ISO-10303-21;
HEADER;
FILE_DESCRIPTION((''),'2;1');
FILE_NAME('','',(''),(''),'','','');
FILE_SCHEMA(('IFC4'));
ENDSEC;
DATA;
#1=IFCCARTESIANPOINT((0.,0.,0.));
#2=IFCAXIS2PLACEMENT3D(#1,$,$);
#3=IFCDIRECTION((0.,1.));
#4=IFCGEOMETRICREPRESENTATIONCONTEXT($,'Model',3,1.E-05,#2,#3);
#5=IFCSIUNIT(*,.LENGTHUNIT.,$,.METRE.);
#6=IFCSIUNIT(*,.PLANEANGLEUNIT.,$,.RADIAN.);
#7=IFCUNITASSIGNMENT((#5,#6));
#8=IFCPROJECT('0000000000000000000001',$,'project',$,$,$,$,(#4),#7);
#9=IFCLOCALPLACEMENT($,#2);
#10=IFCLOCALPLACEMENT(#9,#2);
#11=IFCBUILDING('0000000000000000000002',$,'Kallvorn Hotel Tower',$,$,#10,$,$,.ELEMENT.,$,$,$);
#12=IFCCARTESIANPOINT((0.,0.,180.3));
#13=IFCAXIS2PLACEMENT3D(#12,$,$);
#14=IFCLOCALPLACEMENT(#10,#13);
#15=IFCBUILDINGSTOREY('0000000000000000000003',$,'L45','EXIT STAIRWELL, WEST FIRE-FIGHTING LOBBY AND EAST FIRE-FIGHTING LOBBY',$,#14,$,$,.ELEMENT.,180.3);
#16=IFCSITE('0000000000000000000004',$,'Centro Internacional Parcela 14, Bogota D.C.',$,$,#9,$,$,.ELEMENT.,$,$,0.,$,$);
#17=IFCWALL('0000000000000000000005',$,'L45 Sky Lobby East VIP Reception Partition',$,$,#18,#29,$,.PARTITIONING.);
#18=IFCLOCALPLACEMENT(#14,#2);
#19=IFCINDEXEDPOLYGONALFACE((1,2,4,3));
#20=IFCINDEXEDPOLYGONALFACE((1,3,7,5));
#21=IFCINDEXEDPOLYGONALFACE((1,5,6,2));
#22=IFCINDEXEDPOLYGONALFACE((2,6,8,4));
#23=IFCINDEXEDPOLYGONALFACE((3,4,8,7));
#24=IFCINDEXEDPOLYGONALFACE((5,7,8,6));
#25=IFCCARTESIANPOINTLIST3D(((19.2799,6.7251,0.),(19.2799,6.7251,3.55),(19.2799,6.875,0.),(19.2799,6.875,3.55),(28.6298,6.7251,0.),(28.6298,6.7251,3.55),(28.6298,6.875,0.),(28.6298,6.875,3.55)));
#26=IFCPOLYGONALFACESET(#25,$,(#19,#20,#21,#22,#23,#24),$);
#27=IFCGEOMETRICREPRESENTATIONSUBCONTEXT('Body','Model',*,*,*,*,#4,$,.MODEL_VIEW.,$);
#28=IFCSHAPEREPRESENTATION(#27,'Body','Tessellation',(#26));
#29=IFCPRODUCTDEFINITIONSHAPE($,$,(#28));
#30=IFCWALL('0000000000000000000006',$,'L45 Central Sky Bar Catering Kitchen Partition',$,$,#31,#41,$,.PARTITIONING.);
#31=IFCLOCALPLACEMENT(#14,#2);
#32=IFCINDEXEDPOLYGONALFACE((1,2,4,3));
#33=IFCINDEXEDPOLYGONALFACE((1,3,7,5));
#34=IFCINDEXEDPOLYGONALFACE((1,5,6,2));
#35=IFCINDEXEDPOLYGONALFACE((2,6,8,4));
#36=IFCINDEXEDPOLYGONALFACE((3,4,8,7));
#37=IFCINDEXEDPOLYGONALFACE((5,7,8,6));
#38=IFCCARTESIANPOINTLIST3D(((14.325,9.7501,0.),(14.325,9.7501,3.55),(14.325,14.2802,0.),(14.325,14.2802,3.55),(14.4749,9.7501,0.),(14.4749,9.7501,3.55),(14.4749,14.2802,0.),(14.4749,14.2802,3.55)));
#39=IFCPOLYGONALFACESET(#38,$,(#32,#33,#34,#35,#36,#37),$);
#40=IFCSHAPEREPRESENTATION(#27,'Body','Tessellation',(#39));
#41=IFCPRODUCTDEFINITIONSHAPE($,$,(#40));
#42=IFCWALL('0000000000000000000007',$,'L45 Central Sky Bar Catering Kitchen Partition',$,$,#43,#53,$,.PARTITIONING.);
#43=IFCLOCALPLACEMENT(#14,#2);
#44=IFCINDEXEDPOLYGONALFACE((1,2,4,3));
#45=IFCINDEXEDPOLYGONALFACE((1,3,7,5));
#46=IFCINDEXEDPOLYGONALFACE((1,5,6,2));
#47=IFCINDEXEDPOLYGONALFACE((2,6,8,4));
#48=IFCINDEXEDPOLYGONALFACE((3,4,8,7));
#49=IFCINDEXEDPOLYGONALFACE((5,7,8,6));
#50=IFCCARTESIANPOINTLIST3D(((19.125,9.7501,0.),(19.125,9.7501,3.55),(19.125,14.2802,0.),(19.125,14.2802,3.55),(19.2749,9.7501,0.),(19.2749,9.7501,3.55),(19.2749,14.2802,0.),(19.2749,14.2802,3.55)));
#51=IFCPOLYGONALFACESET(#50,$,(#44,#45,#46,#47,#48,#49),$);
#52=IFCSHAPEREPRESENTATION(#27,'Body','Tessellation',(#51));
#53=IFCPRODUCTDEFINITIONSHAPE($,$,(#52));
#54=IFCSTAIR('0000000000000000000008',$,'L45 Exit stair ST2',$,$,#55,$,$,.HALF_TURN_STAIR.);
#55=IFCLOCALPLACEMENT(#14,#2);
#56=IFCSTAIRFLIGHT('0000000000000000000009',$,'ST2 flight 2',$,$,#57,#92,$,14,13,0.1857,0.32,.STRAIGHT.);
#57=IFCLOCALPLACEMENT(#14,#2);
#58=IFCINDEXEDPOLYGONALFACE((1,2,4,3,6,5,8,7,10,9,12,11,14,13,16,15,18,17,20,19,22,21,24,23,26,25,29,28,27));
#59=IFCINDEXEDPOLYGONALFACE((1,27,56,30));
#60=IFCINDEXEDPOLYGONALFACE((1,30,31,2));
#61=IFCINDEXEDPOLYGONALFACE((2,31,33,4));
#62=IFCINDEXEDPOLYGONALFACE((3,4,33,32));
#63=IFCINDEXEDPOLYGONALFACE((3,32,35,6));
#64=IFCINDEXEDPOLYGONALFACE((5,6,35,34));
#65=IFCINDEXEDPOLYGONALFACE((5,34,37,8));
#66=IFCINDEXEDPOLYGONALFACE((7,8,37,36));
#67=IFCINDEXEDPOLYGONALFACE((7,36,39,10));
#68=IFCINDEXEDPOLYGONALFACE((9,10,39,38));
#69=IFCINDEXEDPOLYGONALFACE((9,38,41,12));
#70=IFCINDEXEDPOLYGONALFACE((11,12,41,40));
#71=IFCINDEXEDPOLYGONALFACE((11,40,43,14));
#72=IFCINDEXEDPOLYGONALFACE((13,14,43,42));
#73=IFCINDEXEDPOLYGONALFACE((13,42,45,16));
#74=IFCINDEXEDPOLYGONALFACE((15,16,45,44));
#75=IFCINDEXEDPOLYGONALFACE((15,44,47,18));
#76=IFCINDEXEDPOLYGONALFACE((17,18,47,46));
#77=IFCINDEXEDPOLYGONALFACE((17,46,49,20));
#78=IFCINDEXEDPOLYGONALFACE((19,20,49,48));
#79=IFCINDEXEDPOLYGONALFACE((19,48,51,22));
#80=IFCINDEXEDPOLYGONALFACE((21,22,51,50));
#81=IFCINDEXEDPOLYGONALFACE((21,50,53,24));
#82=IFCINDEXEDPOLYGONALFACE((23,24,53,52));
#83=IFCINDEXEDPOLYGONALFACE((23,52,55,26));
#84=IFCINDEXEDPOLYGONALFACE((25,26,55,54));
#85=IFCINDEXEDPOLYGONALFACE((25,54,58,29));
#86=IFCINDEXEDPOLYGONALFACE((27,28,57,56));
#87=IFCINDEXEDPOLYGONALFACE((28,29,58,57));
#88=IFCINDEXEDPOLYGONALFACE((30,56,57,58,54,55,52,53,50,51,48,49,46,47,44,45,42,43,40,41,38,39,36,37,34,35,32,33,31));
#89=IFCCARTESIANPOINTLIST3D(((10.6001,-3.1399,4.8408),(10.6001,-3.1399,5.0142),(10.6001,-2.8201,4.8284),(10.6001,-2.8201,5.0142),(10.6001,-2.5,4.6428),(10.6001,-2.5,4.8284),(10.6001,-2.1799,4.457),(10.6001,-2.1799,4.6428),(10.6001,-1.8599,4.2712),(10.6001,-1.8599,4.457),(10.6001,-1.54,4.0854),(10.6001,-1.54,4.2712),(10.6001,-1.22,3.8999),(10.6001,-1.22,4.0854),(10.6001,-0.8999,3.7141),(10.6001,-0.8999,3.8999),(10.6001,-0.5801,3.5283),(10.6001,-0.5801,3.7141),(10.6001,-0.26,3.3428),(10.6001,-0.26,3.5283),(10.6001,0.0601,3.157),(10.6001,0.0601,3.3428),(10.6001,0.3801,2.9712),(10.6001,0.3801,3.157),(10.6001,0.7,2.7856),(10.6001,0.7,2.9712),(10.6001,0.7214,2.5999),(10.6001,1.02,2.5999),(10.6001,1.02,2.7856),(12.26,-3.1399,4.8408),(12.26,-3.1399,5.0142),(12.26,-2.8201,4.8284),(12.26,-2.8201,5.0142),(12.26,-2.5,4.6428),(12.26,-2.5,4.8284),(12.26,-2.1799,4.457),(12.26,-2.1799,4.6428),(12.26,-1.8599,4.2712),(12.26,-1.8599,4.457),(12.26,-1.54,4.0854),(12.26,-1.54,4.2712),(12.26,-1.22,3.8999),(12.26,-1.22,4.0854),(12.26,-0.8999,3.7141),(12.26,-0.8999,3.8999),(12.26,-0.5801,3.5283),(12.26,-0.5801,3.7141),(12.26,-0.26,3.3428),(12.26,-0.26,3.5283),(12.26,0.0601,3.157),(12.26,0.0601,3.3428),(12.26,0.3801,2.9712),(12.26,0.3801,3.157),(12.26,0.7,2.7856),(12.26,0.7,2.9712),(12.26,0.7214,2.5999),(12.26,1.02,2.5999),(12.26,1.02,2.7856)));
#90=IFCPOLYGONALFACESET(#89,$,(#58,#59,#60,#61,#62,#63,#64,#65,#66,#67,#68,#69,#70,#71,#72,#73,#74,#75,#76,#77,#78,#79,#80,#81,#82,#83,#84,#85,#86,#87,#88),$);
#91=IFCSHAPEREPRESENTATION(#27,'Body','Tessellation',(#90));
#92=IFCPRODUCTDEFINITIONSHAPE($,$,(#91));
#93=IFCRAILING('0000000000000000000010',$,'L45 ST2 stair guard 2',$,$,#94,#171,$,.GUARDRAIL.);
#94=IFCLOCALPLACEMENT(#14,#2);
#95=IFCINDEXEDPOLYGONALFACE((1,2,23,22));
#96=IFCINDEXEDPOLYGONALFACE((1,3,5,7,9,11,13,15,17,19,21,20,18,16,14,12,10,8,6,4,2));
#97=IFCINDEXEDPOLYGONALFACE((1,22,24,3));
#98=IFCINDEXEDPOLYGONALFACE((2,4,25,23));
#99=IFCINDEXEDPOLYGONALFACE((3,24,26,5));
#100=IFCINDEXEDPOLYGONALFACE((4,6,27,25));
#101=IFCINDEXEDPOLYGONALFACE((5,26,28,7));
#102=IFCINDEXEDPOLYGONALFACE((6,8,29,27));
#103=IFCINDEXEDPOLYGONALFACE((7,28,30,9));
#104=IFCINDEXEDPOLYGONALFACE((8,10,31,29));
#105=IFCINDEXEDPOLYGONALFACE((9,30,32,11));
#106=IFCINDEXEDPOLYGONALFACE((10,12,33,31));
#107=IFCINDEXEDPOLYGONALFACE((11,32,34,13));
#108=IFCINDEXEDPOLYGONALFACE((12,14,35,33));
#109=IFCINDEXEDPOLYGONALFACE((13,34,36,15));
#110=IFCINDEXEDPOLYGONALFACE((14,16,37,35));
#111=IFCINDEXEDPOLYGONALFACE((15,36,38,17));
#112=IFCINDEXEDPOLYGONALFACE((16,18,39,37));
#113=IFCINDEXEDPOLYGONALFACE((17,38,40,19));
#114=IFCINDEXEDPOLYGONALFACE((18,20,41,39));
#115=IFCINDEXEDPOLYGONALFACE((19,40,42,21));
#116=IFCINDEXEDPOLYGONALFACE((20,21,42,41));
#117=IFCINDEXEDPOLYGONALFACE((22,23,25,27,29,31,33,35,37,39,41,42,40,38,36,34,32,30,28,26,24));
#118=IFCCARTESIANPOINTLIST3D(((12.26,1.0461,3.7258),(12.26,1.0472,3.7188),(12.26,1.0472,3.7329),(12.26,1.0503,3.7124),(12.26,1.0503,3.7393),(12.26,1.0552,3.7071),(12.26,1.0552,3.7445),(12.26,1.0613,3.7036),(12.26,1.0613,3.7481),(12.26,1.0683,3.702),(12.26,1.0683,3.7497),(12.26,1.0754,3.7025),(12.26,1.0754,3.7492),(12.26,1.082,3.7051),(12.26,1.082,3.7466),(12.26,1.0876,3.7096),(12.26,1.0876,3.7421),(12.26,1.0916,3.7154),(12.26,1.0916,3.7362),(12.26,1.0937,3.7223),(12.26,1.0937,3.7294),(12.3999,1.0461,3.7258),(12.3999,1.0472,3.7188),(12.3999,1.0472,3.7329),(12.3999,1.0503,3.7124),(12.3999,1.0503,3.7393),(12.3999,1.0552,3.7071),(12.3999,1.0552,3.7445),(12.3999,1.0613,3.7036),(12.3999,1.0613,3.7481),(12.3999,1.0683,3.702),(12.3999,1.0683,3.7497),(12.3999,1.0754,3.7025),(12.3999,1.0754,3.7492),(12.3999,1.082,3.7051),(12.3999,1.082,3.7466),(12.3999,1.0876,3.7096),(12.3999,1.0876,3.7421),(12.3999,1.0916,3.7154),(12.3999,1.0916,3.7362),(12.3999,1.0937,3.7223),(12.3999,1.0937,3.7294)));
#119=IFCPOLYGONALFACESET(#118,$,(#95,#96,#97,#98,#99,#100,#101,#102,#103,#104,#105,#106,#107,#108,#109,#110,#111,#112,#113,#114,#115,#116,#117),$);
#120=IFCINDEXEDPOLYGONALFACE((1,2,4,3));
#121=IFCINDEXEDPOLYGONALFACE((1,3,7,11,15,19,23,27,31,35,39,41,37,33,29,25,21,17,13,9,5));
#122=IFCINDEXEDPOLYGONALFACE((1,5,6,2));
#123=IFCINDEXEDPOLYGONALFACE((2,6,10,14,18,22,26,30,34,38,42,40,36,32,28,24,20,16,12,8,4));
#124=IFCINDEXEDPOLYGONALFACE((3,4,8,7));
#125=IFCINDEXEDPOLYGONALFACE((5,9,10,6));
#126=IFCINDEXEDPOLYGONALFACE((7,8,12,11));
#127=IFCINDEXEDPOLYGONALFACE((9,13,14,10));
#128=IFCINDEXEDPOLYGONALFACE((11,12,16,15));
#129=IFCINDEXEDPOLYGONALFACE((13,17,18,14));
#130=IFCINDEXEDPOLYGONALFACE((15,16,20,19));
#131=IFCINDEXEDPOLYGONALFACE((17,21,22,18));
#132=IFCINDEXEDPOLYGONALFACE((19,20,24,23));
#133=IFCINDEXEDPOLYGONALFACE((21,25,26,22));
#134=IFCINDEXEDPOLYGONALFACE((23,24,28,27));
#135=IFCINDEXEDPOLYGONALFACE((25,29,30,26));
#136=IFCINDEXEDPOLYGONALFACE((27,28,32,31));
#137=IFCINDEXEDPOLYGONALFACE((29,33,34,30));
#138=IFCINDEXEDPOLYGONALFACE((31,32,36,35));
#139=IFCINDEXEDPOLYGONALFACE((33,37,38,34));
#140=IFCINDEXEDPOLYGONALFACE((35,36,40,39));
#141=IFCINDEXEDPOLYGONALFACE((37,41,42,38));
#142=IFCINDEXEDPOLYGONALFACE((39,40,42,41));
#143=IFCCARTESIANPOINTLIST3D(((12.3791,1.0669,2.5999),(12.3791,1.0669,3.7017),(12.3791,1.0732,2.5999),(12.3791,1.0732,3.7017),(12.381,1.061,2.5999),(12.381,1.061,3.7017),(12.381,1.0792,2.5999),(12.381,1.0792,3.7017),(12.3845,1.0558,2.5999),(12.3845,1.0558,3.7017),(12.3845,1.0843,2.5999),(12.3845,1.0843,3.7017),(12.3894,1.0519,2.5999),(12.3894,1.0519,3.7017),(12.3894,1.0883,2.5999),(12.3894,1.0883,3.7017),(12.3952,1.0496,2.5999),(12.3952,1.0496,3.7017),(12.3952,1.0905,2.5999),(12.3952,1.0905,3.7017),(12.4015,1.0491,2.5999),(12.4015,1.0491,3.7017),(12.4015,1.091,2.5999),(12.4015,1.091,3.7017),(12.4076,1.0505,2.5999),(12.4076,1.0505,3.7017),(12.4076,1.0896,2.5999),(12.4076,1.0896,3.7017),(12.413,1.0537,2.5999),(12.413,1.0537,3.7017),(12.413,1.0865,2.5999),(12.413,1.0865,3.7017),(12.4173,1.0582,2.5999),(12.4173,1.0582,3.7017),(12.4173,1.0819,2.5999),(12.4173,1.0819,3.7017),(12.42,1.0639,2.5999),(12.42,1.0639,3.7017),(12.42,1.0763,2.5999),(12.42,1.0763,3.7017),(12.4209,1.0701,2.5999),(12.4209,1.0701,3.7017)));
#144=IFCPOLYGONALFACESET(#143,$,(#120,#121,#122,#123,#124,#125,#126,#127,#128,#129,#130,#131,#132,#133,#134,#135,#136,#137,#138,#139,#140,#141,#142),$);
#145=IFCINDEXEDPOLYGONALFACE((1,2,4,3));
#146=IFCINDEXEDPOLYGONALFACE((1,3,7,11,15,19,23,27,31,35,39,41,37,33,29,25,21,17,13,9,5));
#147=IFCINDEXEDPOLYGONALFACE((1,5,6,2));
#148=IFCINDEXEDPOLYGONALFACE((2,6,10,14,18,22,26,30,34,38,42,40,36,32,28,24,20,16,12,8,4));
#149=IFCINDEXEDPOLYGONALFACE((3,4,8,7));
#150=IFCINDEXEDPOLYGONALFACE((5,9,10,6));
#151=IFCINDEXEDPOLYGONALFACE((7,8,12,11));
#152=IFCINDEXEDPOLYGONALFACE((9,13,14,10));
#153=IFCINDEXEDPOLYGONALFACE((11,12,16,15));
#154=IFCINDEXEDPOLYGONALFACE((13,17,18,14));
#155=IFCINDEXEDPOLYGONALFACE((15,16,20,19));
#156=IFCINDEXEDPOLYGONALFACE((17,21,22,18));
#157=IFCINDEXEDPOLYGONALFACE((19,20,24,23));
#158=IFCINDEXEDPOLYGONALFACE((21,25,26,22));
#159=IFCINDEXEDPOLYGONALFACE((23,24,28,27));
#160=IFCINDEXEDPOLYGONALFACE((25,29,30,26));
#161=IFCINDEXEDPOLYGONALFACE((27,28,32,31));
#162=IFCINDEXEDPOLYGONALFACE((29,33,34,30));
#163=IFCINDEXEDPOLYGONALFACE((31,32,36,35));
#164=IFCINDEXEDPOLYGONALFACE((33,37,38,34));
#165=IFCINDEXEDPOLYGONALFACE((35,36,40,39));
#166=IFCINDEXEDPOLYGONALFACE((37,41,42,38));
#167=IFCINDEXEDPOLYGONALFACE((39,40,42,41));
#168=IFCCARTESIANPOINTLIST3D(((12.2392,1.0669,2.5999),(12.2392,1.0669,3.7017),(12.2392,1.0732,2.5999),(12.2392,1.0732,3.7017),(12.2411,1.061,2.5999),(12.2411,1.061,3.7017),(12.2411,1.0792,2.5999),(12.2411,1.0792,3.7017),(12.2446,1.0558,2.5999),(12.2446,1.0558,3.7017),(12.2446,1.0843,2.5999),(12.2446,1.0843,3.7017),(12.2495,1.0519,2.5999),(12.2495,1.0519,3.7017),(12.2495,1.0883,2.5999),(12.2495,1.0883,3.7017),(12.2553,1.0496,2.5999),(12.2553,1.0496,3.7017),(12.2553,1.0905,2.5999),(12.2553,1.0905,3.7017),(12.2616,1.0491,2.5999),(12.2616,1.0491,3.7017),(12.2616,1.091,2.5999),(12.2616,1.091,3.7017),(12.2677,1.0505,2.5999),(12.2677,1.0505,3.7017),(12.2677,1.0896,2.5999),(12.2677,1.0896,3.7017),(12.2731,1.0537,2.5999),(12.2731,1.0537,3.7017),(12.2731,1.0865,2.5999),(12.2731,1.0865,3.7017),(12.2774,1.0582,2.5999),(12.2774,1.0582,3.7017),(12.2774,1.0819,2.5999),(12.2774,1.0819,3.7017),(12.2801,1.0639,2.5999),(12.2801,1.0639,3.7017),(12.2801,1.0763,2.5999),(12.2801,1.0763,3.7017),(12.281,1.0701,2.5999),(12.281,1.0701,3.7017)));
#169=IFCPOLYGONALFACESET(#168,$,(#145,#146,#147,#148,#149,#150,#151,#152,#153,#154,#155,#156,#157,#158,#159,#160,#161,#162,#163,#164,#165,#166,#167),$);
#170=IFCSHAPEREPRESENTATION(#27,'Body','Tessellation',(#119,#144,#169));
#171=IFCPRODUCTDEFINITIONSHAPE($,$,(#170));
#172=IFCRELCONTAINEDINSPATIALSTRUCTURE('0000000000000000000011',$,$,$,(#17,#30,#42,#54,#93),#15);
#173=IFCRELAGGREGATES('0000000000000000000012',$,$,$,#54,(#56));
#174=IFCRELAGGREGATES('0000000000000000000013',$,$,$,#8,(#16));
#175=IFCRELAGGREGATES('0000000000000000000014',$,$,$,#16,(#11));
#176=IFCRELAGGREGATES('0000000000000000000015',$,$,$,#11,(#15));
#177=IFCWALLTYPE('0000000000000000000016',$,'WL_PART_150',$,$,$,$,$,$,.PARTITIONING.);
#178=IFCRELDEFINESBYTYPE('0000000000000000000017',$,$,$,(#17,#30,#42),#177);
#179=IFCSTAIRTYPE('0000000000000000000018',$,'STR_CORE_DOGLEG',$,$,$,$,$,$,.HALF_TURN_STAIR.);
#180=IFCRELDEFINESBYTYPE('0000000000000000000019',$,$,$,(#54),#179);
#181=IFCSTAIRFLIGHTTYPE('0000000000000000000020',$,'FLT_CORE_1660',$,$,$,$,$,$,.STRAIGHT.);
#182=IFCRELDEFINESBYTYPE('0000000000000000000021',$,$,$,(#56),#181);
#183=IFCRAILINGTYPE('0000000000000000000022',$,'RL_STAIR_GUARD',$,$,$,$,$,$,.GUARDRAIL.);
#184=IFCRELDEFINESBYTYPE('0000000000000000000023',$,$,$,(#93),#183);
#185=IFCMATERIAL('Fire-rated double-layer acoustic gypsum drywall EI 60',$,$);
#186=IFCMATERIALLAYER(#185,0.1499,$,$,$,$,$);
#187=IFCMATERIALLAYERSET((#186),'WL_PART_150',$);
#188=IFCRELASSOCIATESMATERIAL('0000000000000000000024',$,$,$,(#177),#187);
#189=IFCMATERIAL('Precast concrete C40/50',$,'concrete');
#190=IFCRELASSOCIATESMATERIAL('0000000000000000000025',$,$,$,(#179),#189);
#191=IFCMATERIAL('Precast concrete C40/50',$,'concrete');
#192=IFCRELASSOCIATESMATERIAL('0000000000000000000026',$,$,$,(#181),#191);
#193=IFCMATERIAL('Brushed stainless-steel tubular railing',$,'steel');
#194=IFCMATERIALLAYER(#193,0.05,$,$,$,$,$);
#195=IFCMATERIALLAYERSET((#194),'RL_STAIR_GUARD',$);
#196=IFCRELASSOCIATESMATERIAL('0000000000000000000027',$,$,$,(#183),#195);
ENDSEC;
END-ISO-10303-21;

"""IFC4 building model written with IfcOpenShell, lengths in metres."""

from ifc_helpers import new_model, si_unit, direction, frame, frame_2d, origin, origin_2d, place, context, subcontext, project, spatial, polyline, rectangle, circle, outline, extrude, material, layer, layer_set, type_object, element, aggregate, save


model = new_model("IFC4")

# Units and contexts
model_context = context("Model", 3, precision=1e-05, world=origin(), true_north=direction((0.0, 1.0)))
body_context = subcontext(model_context, "Body", "Model", "MODEL_VIEW")
ifc_project = project(units=[si_unit("LENGTHUNIT", "METRE"), si_unit("PLANEANGLEUNIT", "RADIAN")], contexts=[model_context])

# Site, building, storey
site_placement = place(None, origin())
site = spatial("IfcSite", under=ifc_project, at=site_placement, Name="Centro Internacional Parcela 14, Bogota D.C.", CompositionType="ELEMENT", RefElevation=0.0)
building_placement = place(site_placement, origin())
building = spatial("IfcBuilding", under=site, at=building_placement, Name="Kallvorn Hotel Tower", CompositionType="ELEMENT")
storey_placement = place(building_placement, frame((0.0, 0.0, 180.3)))
storey = spatial("IfcBuildingStorey", under=building, at=storey_placement, Name="L45", Description="EXIT STAIRWELL, WEST FIRE-FIGHTING LOBBY AND EAST FIRE-FIGHTING LOBBY", CompositionType="ELEMENT", Elevation=180.3)

# Walls
ifc_material_1 = material(Name="Fire-rated double-layer acoustic gypsum drywall EI 60")
ifc_layer_1 = layer(ifc_material_1, 0.1499)
ifc_layer_set_1 = layer_set([ifc_layer_1], Name="WL_PART_150")
wall_type = type_object("IfcWallType", Name="WL_PART_150", PredefinedType="PARTITIONING", material=ifc_layer_set_1)
wall_placement = place(storey_placement, frame((19.28, 6.8, 0.0), z_axis=(0.0, 0.0, 1.0), x_axis=(1.0, 0.0, 0.0)))
element("IfcWall", 1, at=wall_placement, inside=storey, type_object=wall_type, Name="L45 Sky Lobby East VIP Reception Partition", PredefinedType="PARTITIONING", context=body_context, shape_type="SweptSolid", body=[
    extrude(rectangle(XDim=9.3499, YDim=0.1499, at=frame_2d((4.6748, 0.0))), origin(), (0.0, 0.0, 1.0), 3.55),
])
for number, where, z_axis, x_axis, name in (
    (2, (14.3999, 9.75, 0.0), (0.0, 0.0, 1.0), (0.0, 1.0, 0.0), "L45 Central Sky Bar Catering Kitchen Partition"),
    (3, (19.2, 9.75, 0.0), (0.0, 0.0, 1.0), (0.0, 1.0, 0.0), "L45 Central Sky Bar Catering Kitchen Partition"),
):
    element("IfcWall", number, at=place(storey_placement, frame(where, z_axis=z_axis, x_axis=x_axis)), inside=storey, type_object=wall_type, Name=name, PredefinedType="PARTITIONING", context=body_context, shape_type="SweptSolid", body=[
        extrude(rectangle(XDim=4.53, YDim=0.1499, at=frame_2d((2.2651, 0.0))), origin(), (0.0, 0.0, 1.0), 3.55),
    ])

# Stair, stair flight
ifc_material_2 = material(Name="Precast concrete C40/50", Category="concrete")
stair_type = type_object("IfcStairType", Name="STR_CORE_DOGLEG", PredefinedType="HALF_TURN_STAIR", material=ifc_material_2)
stair_placement = place(storey_placement, origin())
stair = element("IfcStair", 4, at=stair_placement, inside=storey, type_object=stair_type, Name="L45 Exit stair ST2", PredefinedType="HALF_TURN_STAIR")
ifc_material_3 = material(Name="Precast concrete C40/50", Category="concrete")
stair_flight_type = type_object("IfcStairFlightType", Name="FLT_CORE_1660", PredefinedType="STRAIGHT", material=ifc_material_3)
stair_flight_placement = place(storey_placement, frame((11.4299, 1.02, 2.5999), z_axis=(0.0, 0.0, 1.0), x_axis=(0.0, -1.0, 0.0)))
stair_flight = element("IfcStairFlight", 5, at=stair_flight_placement, type_object=stair_flight_type, Name="ST2 flight 2", NumberOfRisers=14, NumberOfTreads=13, PredefinedType="STRAIGHT", RiserHeight=0.1857, TreadLength=0.32, context=body_context, shape_type="SweptSolid", body=[
    extrude(outline(polyline([(0.0, 0.0), (0.0, 0.1858), (0.3201, 0.1858), (0.3201, 0.3713), (0.6399, 0.3713), (0.6399, 0.5571), (0.96, 0.5571), (0.96, 0.7429), (1.28, 0.7429), (1.28, 0.9285), (1.6001, 0.9285), (1.6001, 1.1143), (1.9199, 1.1143), (1.9199, 1.3), (2.24, 1.3), (2.24, 1.4856), (2.5601, 1.4856), (2.5601, 1.6714), (2.8799, 1.6714), (2.8799, 1.8572), (3.2, 1.8572), (3.2, 2.043), (3.52, 2.043), (3.52, 2.2285), (3.8401, 2.2285), (3.8401, 2.4143), (4.1599, 2.4143), (4.1599, 2.6001), (4.1599, 2.241), (0.2986, 0.0), (0.0, 0.0)])), frame((0.0, 0.8301, 0.0), z_axis=(0.0, -1.0, 0.0), x_axis=(1.0, 0.0, 0.0)), (0.0, 0.0, 1.0), 1.6599),
])
aggregate(stair, [stair_flight])

# Railing
ifc_material_4 = material(Name="Brushed stainless-steel tubular railing", Category="steel")
ifc_layer_2 = layer(ifc_material_4, 0.05)
ifc_layer_set_2 = layer_set([ifc_layer_2], Name="RL_STAIR_GUARD")
railing_type = type_object("IfcRailingType", Name="RL_STAIR_GUARD", PredefinedType="GUARDRAIL", material=ifc_layer_set_2)
railing_1_placement = place(storey_placement, frame((12.3999, 1.0701, 2.5999)))
element("IfcRailing", 6, at=railing_1_placement, inside=storey, type_object=railing_type, Name="L45 ST2 stair guard 2", PredefinedType="GUARDRAIL", context=body_context, shape_type="SweptSolid", body=[
    extrude(circle(Radius=0.0239, at=origin_2d()), frame((0.0, 0.0, 1.126), z_axis=(-1.0, 0.0, 0.0), x_axis=(0.0, -1.0, 0.0)), (0.0, 0.0, 1.0), 0.1399),
    extrude(circle(Radius=0.021, at=origin_2d()), origin(), (0.0, 0.0, 1.0), 1.1018),
    extrude(circle(Radius=0.021, at=origin_2d()), frame((-0.1399, 0.0, 0.0)), (0.0, 0.0, 1.0), 1.1018),
])

save(model, "model.ifc")
